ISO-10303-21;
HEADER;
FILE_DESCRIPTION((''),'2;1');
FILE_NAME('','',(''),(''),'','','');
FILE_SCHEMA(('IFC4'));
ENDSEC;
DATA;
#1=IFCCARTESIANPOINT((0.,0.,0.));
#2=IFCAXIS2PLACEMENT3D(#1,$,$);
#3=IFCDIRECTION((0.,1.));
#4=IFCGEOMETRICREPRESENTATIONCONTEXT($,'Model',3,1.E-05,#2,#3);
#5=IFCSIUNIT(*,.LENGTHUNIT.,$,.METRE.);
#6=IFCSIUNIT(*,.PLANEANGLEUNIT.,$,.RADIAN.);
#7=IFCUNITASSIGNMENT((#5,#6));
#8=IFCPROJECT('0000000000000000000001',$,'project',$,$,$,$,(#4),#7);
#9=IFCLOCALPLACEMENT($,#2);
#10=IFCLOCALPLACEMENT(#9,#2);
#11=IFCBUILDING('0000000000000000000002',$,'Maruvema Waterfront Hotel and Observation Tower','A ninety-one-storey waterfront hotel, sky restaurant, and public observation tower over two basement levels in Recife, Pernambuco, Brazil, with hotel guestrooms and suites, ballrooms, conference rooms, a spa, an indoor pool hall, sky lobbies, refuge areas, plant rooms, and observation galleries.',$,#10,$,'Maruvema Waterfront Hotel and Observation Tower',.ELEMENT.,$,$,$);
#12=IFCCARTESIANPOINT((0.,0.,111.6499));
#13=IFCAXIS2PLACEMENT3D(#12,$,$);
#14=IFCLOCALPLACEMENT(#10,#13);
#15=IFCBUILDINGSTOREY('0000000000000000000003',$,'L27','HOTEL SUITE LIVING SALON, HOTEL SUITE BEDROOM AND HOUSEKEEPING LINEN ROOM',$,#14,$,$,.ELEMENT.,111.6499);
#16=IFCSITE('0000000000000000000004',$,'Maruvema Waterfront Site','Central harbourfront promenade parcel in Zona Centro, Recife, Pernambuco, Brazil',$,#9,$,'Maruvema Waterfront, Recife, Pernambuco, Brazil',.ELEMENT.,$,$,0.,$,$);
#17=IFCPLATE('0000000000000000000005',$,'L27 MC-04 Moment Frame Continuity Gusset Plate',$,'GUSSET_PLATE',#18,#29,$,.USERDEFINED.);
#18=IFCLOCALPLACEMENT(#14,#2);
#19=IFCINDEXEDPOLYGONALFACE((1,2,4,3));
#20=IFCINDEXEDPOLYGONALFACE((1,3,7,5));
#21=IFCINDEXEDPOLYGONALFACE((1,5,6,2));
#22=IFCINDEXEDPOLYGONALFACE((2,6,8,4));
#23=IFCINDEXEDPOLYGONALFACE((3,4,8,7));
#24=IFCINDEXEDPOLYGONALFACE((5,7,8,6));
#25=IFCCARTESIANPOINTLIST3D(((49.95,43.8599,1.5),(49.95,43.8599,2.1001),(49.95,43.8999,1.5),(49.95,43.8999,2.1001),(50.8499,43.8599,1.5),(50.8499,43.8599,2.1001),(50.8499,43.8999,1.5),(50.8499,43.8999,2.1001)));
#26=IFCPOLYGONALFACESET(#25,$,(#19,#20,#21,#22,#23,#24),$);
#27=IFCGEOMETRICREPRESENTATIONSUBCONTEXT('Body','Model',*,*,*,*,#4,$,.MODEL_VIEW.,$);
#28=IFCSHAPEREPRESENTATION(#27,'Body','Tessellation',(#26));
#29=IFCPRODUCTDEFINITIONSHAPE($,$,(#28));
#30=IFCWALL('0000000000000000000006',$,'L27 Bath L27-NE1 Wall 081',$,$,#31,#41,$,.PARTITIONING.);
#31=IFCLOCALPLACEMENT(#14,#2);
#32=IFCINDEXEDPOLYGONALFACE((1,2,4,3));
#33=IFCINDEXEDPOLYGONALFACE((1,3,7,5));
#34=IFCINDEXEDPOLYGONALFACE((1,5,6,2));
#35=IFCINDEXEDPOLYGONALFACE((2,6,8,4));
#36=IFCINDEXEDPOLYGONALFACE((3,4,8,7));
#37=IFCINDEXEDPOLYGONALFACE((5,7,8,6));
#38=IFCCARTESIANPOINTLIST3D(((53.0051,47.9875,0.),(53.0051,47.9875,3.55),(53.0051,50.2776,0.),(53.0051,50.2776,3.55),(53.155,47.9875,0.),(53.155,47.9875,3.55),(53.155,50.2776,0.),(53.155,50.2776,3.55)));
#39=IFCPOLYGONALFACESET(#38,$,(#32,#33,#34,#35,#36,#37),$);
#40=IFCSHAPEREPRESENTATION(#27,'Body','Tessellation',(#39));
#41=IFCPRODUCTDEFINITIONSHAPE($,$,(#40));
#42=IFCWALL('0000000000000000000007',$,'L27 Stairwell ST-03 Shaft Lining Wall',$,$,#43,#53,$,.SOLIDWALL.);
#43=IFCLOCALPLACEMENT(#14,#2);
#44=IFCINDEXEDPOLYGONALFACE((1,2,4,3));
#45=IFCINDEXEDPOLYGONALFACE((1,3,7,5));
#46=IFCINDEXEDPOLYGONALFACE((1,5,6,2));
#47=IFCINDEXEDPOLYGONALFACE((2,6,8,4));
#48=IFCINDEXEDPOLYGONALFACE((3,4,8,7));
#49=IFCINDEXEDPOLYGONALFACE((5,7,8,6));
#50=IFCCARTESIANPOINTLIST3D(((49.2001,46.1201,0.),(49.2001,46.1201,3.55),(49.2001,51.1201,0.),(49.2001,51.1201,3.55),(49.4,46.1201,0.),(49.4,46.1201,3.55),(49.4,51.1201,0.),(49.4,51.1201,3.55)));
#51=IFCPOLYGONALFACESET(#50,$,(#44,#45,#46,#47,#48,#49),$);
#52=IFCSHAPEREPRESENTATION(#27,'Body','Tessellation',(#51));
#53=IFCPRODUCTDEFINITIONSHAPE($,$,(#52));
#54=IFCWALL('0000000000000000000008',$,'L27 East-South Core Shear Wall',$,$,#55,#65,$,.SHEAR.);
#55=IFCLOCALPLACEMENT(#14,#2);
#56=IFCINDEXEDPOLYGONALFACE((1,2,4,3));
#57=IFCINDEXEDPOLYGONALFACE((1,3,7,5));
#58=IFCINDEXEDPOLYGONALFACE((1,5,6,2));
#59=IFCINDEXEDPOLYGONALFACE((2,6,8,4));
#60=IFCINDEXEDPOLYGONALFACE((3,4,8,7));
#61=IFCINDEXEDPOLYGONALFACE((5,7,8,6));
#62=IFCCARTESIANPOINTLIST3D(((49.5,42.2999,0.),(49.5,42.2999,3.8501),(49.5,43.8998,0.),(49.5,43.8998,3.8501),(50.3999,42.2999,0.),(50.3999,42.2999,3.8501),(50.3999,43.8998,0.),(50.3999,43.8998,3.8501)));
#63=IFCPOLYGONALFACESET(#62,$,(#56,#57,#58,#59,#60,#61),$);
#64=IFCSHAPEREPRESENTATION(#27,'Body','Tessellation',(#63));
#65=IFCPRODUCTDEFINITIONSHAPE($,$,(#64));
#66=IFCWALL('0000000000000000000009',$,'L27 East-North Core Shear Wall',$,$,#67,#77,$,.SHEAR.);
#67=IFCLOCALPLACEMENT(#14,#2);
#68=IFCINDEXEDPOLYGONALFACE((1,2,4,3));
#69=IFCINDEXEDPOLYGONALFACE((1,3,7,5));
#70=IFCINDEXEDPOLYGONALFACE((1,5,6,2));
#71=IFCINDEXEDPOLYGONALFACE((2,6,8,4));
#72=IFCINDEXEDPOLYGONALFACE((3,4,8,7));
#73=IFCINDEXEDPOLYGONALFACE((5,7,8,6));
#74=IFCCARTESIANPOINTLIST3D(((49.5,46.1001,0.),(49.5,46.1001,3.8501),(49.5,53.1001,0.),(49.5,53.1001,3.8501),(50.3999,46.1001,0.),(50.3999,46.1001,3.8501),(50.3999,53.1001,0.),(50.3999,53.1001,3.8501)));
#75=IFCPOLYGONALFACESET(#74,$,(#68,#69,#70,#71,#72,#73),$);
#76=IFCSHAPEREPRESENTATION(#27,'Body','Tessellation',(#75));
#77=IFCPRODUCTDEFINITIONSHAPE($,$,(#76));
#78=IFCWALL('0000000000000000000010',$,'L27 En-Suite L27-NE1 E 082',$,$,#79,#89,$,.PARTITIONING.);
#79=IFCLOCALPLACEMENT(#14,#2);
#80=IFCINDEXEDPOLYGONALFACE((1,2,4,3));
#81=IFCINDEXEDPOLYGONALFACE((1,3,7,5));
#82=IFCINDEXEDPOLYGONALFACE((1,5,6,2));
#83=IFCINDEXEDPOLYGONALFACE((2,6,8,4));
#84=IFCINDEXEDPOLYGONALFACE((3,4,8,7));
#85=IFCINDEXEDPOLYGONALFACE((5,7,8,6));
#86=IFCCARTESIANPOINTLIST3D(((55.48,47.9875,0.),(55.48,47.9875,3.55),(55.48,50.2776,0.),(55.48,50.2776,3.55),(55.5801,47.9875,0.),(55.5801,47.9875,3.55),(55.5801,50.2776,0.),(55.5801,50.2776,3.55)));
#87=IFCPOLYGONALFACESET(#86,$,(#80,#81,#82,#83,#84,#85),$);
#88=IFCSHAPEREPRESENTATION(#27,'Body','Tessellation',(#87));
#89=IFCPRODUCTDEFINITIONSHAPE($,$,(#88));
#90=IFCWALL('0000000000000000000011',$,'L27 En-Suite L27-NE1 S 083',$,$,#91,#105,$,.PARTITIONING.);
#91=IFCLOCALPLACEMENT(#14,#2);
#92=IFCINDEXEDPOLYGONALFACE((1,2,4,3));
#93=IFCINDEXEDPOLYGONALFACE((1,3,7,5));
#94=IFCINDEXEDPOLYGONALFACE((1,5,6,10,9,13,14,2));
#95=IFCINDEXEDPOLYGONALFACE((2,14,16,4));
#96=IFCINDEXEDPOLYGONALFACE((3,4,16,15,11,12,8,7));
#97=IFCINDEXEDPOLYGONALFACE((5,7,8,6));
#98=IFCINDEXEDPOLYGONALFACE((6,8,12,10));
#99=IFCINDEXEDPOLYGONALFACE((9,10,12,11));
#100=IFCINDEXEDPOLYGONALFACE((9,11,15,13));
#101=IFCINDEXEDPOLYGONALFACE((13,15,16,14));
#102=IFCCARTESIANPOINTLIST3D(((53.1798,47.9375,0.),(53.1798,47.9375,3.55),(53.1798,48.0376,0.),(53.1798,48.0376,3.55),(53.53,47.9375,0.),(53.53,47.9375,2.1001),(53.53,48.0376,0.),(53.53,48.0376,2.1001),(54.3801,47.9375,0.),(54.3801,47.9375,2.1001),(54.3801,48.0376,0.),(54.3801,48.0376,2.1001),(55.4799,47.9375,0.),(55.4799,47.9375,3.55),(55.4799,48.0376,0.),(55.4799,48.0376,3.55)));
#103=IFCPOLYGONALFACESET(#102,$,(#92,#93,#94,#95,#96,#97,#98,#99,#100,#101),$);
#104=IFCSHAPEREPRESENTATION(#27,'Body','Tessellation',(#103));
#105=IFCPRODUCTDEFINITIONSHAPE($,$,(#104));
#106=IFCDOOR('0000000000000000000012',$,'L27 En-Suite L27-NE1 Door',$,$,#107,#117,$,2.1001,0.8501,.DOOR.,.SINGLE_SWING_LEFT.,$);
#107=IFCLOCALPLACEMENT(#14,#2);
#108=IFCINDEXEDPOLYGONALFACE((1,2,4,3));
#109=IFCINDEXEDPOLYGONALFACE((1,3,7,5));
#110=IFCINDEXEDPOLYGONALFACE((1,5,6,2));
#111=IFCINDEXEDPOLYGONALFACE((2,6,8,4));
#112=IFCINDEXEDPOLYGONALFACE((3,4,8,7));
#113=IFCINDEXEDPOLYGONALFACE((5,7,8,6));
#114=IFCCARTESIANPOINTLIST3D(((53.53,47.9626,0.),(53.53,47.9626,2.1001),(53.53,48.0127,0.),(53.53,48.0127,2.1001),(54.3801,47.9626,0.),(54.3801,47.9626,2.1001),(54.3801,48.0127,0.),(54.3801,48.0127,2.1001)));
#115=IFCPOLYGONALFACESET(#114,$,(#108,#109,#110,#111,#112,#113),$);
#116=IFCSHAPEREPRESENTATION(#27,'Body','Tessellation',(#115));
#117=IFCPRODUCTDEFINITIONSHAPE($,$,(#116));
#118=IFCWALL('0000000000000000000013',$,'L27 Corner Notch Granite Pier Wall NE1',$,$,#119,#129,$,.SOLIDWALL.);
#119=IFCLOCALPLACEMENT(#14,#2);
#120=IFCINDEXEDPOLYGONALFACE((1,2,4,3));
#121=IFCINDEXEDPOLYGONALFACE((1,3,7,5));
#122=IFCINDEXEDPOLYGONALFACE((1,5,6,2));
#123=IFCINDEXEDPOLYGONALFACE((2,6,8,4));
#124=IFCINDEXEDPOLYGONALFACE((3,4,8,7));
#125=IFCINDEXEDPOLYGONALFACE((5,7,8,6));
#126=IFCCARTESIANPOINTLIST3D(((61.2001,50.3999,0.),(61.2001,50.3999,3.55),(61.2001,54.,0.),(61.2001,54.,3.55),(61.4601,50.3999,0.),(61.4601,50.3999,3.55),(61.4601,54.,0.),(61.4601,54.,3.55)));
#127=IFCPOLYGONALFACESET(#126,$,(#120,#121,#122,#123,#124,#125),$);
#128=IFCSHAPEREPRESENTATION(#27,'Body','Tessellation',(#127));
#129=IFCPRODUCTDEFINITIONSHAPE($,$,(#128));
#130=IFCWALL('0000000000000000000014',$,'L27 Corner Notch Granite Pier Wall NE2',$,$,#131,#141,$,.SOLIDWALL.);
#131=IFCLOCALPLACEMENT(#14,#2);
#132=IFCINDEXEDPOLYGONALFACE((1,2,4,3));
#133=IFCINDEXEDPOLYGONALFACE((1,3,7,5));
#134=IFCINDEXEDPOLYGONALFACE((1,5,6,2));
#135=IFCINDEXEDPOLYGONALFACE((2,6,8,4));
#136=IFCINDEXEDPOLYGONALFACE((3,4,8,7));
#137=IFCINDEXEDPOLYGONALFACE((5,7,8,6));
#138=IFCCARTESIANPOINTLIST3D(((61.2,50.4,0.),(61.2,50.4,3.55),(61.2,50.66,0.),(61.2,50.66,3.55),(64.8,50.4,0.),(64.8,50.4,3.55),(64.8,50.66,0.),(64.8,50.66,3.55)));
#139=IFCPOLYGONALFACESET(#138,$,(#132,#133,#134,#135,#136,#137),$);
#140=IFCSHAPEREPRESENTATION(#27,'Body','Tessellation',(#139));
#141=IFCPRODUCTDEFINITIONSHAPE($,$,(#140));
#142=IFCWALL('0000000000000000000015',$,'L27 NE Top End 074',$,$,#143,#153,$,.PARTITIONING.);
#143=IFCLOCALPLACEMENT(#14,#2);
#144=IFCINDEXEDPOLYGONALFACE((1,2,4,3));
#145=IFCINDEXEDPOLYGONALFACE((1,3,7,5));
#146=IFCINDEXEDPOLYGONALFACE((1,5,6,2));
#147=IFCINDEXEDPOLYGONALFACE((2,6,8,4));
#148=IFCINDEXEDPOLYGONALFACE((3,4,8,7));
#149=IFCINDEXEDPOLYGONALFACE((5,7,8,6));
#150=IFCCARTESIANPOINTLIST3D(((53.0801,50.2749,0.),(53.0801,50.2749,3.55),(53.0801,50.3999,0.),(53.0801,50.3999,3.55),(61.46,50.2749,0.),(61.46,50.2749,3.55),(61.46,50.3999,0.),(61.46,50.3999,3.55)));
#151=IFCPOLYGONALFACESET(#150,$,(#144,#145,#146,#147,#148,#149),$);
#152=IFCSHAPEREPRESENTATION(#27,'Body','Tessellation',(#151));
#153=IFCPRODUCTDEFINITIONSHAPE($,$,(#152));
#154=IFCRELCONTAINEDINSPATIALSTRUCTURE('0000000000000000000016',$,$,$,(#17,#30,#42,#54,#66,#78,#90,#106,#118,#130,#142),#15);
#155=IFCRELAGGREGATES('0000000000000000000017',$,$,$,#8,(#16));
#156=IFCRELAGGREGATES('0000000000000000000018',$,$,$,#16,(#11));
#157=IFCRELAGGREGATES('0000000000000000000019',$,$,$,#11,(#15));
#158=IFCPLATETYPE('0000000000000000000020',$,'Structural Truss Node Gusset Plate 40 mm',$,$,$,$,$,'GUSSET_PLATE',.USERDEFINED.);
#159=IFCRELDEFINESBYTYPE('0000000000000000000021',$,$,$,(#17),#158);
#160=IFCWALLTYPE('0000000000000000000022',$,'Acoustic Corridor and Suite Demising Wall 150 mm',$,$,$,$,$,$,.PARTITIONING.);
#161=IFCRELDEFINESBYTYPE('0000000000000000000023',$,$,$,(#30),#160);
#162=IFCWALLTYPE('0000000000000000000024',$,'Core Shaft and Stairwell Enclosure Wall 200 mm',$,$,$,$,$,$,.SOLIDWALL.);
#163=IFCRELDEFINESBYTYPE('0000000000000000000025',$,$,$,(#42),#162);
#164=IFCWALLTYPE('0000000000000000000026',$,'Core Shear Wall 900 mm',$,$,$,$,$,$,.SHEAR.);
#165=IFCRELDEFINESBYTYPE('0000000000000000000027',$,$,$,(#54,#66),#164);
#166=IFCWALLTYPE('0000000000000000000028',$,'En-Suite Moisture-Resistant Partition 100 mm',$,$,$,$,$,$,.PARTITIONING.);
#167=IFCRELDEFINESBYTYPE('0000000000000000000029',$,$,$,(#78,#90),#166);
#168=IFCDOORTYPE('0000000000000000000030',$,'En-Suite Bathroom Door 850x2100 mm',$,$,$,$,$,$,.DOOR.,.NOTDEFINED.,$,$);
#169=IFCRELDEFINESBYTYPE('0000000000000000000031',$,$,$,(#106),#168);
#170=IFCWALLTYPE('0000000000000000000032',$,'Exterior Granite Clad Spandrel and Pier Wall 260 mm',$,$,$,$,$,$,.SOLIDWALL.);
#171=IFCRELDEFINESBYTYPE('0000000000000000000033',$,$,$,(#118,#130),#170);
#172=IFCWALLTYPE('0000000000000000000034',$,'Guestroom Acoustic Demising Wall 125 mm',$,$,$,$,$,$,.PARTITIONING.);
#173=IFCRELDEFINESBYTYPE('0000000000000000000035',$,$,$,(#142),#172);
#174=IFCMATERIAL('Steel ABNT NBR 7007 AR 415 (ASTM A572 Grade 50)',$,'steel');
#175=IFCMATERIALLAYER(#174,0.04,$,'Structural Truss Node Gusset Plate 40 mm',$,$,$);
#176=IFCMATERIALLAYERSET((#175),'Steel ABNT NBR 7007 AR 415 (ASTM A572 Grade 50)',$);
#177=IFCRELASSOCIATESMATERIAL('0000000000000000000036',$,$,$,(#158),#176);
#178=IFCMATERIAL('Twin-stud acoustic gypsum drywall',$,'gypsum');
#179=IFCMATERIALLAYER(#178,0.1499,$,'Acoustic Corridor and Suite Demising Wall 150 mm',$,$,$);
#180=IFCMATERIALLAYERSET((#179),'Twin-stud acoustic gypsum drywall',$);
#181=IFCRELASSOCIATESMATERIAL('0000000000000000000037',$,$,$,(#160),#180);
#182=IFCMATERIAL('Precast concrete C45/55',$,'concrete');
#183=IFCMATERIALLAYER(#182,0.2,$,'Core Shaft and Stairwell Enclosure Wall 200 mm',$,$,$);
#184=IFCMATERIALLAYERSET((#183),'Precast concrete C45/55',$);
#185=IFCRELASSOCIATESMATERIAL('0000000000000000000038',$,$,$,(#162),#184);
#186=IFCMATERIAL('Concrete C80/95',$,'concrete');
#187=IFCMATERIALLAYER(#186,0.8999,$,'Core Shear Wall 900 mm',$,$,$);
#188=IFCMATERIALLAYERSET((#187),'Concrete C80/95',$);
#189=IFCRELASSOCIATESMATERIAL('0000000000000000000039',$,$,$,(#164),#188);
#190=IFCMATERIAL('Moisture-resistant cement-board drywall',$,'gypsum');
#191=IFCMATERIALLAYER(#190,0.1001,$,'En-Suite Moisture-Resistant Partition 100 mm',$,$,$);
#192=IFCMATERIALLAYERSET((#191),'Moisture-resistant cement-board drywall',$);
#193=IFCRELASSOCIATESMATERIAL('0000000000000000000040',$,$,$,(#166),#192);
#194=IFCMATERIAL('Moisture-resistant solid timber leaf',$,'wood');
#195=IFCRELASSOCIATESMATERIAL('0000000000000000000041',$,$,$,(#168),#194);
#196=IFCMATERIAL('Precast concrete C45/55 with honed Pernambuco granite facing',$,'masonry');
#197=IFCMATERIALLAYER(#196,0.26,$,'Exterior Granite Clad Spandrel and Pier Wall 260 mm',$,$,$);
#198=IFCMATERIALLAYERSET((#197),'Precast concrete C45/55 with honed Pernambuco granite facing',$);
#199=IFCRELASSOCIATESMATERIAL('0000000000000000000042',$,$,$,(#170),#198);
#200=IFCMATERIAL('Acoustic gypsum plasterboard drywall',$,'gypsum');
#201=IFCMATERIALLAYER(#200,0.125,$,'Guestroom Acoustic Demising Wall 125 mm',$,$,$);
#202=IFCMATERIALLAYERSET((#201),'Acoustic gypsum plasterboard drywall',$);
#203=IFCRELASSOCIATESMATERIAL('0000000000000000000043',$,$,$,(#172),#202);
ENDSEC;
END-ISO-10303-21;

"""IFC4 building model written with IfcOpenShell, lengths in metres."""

from ifc_helpers import new_model, si_unit, direction, frame, frame_2d, origin, origin_2d, place, context, subcontext, project, spatial, rectangle, extrude, material, layer, layer_set, type_object, element, fill, save


model = new_model("IFC4")

# Units and contexts
model_context = context("Model", 3, precision=1e-05, world=origin(), true_north=direction((0.0, 1.0)))
body_context = subcontext(model_context, "Body", "Model", "MODEL_VIEW")
ifc_project = project(units=[si_unit("LENGTHUNIT", "METRE"), si_unit("PLANEANGLEUNIT", "RADIAN")], contexts=[model_context])

# Site, building, storey
site_placement = place(None, origin())
site = spatial("IfcSite", under=ifc_project, at=site_placement, Name="Maruvema Waterfront Site", Description="Central harbourfront promenade parcel in Zona Centro, Recife, Pernambuco, Brazil", LongName="Maruvema Waterfront, Recife, Pernambuco, Brazil", CompositionType="ELEMENT", RefElevation=0.0)
building_placement = place(site_placement, origin())
building = spatial("IfcBuilding", under=site, at=building_placement, Name="Maruvema Waterfront Hotel and Observation Tower", Description="A ninety-one-storey waterfront hotel, sky restaurant, and public observation tower over two basement levels in Recife, Pernambuco, Brazil, with hotel guestrooms and suites, ballrooms, conference rooms, a spa, an indoor pool hall, sky lobbies, refuge areas, plant rooms, and observation galleries.", LongName="Maruvema Waterfront Hotel and Observation Tower", CompositionType="ELEMENT")
storey_placement = place(building_placement, frame((0.0, 0.0, 111.6499)))
storey = spatial("IfcBuildingStorey", under=building, at=storey_placement, Name="L27", Description="HOTEL SUITE LIVING SALON, HOTEL SUITE BEDROOM AND HOUSEKEEPING LINEN ROOM", CompositionType="ELEMENT", Elevation=111.6499)

# Plate
ifc_material_1 = material(Name="Steel ABNT NBR 7007 AR 415 (ASTM A572 Grade 50)", Category="steel")
ifc_layer_1 = layer(ifc_material_1, 0.04, Name="Structural Truss Node Gusset Plate 40 mm")
ifc_layer_set_1 = layer_set([ifc_layer_1], Name="Steel ABNT NBR 7007 AR 415 (ASTM A572 Grade 50)")
plate_type_1 = type_object("IfcPlateType", Name="Structural Truss Node Gusset Plate 40 mm", ElementType="GUSSET_PLATE", PredefinedType="USERDEFINED", material=ifc_layer_set_1)
plate_1_placement = place(storey_placement, frame((50.3999, 43.8799, 1.5), z_axis=(0.0, 0.0, 1.0), x_axis=(1.0, 0.0, 0.0)))
element("IfcPlate", 1, at=plate_1_placement, inside=storey, type_object=plate_type_1, Name="L27 MC-04 Moment Frame Continuity Gusset Plate", ObjectType="GUSSET_PLATE", PredefinedType="USERDEFINED", context=body_context, shape_type="SweptSolid", body=[
    extrude(rectangle(XDim=0.8999, YDim=0.04, at=origin_2d()), origin(), (0.0, 0.0, 1.0), 0.6001),
])

# Walls
ifc_material_2 = material(Name="Twin-stud acoustic gypsum drywall", Category="gypsum")
ifc_layer_2 = layer(ifc_material_2, 0.1499, Name="Acoustic Corridor and Suite Demising Wall 150 mm")
ifc_layer_set_2 = layer_set([ifc_layer_2], Name="Twin-stud acoustic gypsum drywall")
wall_type_1 = type_object("IfcWallType", Name="Acoustic Corridor and Suite Demising Wall 150 mm", PredefinedType="PARTITIONING", material=ifc_layer_set_2)
wall_1_placement = place(storey_placement, frame((53.0801, 47.9875, 0.0), z_axis=(0.0, 0.0, 1.0), x_axis=(0.0, 1.0, 0.0)))
element("IfcWall", 2, at=wall_1_placement, inside=storey, type_object=wall_type_1, Name="L27 Bath L27-NE1 Wall 081", PredefinedType="PARTITIONING", context=body_context, shape_type="SweptSolid", body=[
    extrude(rectangle(XDim=2.29, YDim=0.1499, at=frame_2d((1.145, 0.0))), origin(), (0.0, 0.0, 1.0), 3.55),
])
ifc_material_3 = material(Name="Precast concrete C45/55", Category="concrete")
ifc_layer_3 = layer(ifc_material_3, 0.2, Name="Core Shaft and Stairwell Enclosure Wall 200 mm")
ifc_layer_set_3 = layer_set([ifc_layer_3], Name="Precast concrete C45/55")
wall_type_2 = type_object("IfcWallType", Name="Core Shaft and Stairwell Enclosure Wall 200 mm", PredefinedType="SOLIDWALL", material=ifc_layer_set_3)
wall_2_placement = place(storey_placement, frame((49.3, 46.1201, 0.0), z_axis=(0.0, 0.0, 1.0), x_axis=(0.0, 1.0, 0.0)))
element("IfcWall", 3, at=wall_2_placement, inside=storey, type_object=wall_type_2, Name="L27 Stairwell ST-03 Shaft Lining Wall", PredefinedType="SOLIDWALL", context=body_context, shape_type="SweptSolid", body=[
    extrude(rectangle(XDim=5.0, YDim=0.2, at=frame_2d((2.5, 0.0))), origin(), (0.0, 0.0, 1.0), 3.55),
])
ifc_material_4 = material(Name="Concrete C80/95", Category="concrete")
ifc_layer_4 = layer(ifc_material_4, 0.8999, Name="Core Shear Wall 900 mm")
ifc_layer_set_4 = layer_set([ifc_layer_4], Name="Concrete C80/95")
wall_type_3 = type_object("IfcWallType", Name="Core Shear Wall 900 mm", PredefinedType="SHEAR", material=ifc_layer_set_4)
wall_3_placement = place(storey_placement, frame((49.95, 42.3, 0.0), z_axis=(0.0, 0.0, 1.0), x_axis=(0.0, 1.0, 0.0)))
element("IfcWall", 4, at=wall_3_placement, inside=storey, type_object=wall_type_3, Name="L27 East-South Core Shear Wall", PredefinedType="SHEAR", context=body_context, shape_type="SweptSolid", body=[
    extrude(rectangle(XDim=1.5999, YDim=0.8999, at=frame_2d((0.7998, 0.0))), origin(), (0.0, 0.0, 1.0), 3.8501),
])
wall_4_placement = place(storey_placement, frame((49.95, 46.1001, 0.0), z_axis=(0.0, 0.0, 1.0), x_axis=(0.0, 1.0, 0.0)))
element("IfcWall", 5, at=wall_4_placement, inside=storey, type_object=wall_type_3, Name="L27 East-North Core Shear Wall", PredefinedType="SHEAR", context=body_context, shape_type="SweptSolid", body=[
    extrude(rectangle(XDim=7.0, YDim=0.8999, at=frame_2d((3.5, 0.0))), origin(), (0.0, 0.0, 1.0), 3.8501),
])
ifc_material_5 = material(Name="Moisture-resistant cement-board drywall", Category="gypsum")
ifc_layer_5 = layer(ifc_material_5, 0.1001, Name="En-Suite Moisture-Resistant Partition 100 mm")
ifc_layer_set_5 = layer_set([ifc_layer_5], Name="Moisture-resistant cement-board drywall")
wall_type_4 = type_object("IfcWallType", Name="En-Suite Moisture-Resistant Partition 100 mm", PredefinedType="PARTITIONING", material=ifc_layer_set_5)
wall_5_placement = place(storey_placement, frame((55.53, 47.9875, 0.0), z_axis=(0.0, 0.0, 1.0), x_axis=(0.0, 1.0, 0.0)))
element("IfcWall", 6, at=wall_5_placement, inside=storey, type_object=wall_type_4, Name="L27 En-Suite L27-NE1 E 082", PredefinedType="PARTITIONING", context=body_context, shape_type="SweptSolid", body=[
    extrude(rectangle(XDim=2.29, YDim=0.1001, at=frame_2d((1.145, 0.0))), origin(), (0.0, 0.0, 1.0), 3.55),
])

# Wall, opening, door
wall_6_placement = place(storey_placement, frame((53.1799, 47.9875, 0.0), z_axis=(0.0, 0.0, 1.0), x_axis=(1.0, 0.0, 0.0)))
wall_6 = element("IfcWall", 7, at=wall_6_placement, inside=storey, type_object=wall_type_4, Name="L27 En-Suite L27-NE1 S 083", PredefinedType="PARTITIONING", context=body_context, shape_type="SweptSolid", body=[
    extrude(rectangle(XDim=2.3, YDim=0.1001, at=frame_2d((1.1499, 0.0))), origin(), (0.0, 0.0, 1.0), 3.55),
])
opening_placement = place(wall_6_placement, frame((0.3501, 0.0, 0.0)))
opening = element("IfcOpeningElement", 8, at=opening_placement, cuts=wall_6, PredefinedType="OPENING", context=body_context, shape_type="SweptSolid", body=[
    extrude(rectangle(XDim=0.8501, YDim=2.1001, at=frame_2d((0.425, 1.05))), frame((0.0, 0.0601, 0.0), z_axis=(0.0, -1.0, 0.0), x_axis=(1.0, 0.0, 0.0)), (0.0, 0.0, 1.0), 0.1201),
])
ifc_material_6 = material(Name="Moisture-resistant solid timber leaf", Category="wood")
door_type = type_object("IfcDoorType", Name="En-Suite Bathroom Door 850x2100 mm", OperationType="NOTDEFINED", PredefinedType="DOOR", material=ifc_material_6)
door_placement = place(opening_placement, frame((0.8501, 0.0, 0.0), z_axis=(0.0, 0.0, 1.0), x_axis=(-1.0, 0.0, 0.0)))
door = element("IfcDoor", 9, at=door_placement, inside=storey, type_object=door_type, Name="L27 En-Suite L27-NE1 Door", OperationType="SINGLE_SWING_LEFT", OverallHeight=2.1001, OverallWidth=0.8501, PredefinedType="DOOR", context=body_context, shape_type="SweptSolid", body=[
    extrude(rectangle(XDim=0.8501, YDim=2.1001, at=frame_2d((0.425, 1.05))), frame((0.0, 0.0249, 0.0), z_axis=(0.0, -1.0, 0.0), x_axis=(1.0, 0.0, 0.0)), (0.0, 0.0, 1.0), 0.05),
])
fill(opening, door)

# Walls
ifc_material_7 = material(Name="Precast concrete C45/55 with honed Pernambuco granite facing", Category="masonry")
ifc_layer_6 = layer(ifc_material_7, 0.26, Name="Exterior Granite Clad Spandrel and Pier Wall 260 mm")
ifc_layer_set_6 = layer_set([ifc_layer_6], Name="Precast concrete C45/55 with honed Pernambuco granite facing")
wall_type_5 = type_object("IfcWallType", Name="Exterior Granite Clad Spandrel and Pier Wall 260 mm", PredefinedType="SOLIDWALL", material=ifc_layer_set_6)
for number, where, z_axis, x_axis, name in (
    (10, (61.3301, 54.0, 0.0), (0.0, 0.0, 1.0), (0.0, -1.0, 0.0), "L27 Corner Notch Granite Pier Wall NE1"),
    (11, (61.2, 50.53, 0.0), (0.0, 0.0, 1.0), (1.0, 0.0, 0.0), "L27 Corner Notch Granite Pier Wall NE2"),
):
    element("IfcWall", number, at=place(storey_placement, frame(where, z_axis=z_axis, x_axis=x_axis)), inside=storey, type_object=wall_type_5, Name=name, PredefinedType="SOLIDWALL", context=body_context, shape_type="SweptSolid", body=[
        extrude(rectangle(XDim=3.6001, YDim=0.26, at=frame_2d((1.8, 0.0))), origin(), (0.0, 0.0, 1.0), 3.55),
    ])
ifc_material_8 = material(Name="Acoustic gypsum plasterboard drywall", Category="gypsum")
ifc_layer_7 = layer(ifc_material_8, 0.125, Name="Guestroom Acoustic Demising Wall 125 mm")
ifc_layer_set_7 = layer_set([ifc_layer_7], Name="Acoustic gypsum plasterboard drywall")
wall_type_6 = type_object("IfcWallType", Name="Guestroom Acoustic Demising Wall 125 mm", PredefinedType="PARTITIONING", material=ifc_layer_set_7)
wall_7_placement = place(storey_placement, frame((53.0801, 50.3374, 0.0), z_axis=(0.0, 0.0, 1.0), x_axis=(1.0, 0.0, 0.0)))
element("IfcWall", 12, at=wall_7_placement, inside=storey, type_object=wall_type_6, Name="L27 NE Top End 074", PredefinedType="PARTITIONING", context=body_context, shape_type="SweptSolid", body=[
    extrude(rectangle(XDim=8.3799, YDim=0.125, at=frame_2d((4.1899, 0.0))), origin(), (0.0, 0.0, 1.0), 3.55),
])

save(model, "model.ifc")
